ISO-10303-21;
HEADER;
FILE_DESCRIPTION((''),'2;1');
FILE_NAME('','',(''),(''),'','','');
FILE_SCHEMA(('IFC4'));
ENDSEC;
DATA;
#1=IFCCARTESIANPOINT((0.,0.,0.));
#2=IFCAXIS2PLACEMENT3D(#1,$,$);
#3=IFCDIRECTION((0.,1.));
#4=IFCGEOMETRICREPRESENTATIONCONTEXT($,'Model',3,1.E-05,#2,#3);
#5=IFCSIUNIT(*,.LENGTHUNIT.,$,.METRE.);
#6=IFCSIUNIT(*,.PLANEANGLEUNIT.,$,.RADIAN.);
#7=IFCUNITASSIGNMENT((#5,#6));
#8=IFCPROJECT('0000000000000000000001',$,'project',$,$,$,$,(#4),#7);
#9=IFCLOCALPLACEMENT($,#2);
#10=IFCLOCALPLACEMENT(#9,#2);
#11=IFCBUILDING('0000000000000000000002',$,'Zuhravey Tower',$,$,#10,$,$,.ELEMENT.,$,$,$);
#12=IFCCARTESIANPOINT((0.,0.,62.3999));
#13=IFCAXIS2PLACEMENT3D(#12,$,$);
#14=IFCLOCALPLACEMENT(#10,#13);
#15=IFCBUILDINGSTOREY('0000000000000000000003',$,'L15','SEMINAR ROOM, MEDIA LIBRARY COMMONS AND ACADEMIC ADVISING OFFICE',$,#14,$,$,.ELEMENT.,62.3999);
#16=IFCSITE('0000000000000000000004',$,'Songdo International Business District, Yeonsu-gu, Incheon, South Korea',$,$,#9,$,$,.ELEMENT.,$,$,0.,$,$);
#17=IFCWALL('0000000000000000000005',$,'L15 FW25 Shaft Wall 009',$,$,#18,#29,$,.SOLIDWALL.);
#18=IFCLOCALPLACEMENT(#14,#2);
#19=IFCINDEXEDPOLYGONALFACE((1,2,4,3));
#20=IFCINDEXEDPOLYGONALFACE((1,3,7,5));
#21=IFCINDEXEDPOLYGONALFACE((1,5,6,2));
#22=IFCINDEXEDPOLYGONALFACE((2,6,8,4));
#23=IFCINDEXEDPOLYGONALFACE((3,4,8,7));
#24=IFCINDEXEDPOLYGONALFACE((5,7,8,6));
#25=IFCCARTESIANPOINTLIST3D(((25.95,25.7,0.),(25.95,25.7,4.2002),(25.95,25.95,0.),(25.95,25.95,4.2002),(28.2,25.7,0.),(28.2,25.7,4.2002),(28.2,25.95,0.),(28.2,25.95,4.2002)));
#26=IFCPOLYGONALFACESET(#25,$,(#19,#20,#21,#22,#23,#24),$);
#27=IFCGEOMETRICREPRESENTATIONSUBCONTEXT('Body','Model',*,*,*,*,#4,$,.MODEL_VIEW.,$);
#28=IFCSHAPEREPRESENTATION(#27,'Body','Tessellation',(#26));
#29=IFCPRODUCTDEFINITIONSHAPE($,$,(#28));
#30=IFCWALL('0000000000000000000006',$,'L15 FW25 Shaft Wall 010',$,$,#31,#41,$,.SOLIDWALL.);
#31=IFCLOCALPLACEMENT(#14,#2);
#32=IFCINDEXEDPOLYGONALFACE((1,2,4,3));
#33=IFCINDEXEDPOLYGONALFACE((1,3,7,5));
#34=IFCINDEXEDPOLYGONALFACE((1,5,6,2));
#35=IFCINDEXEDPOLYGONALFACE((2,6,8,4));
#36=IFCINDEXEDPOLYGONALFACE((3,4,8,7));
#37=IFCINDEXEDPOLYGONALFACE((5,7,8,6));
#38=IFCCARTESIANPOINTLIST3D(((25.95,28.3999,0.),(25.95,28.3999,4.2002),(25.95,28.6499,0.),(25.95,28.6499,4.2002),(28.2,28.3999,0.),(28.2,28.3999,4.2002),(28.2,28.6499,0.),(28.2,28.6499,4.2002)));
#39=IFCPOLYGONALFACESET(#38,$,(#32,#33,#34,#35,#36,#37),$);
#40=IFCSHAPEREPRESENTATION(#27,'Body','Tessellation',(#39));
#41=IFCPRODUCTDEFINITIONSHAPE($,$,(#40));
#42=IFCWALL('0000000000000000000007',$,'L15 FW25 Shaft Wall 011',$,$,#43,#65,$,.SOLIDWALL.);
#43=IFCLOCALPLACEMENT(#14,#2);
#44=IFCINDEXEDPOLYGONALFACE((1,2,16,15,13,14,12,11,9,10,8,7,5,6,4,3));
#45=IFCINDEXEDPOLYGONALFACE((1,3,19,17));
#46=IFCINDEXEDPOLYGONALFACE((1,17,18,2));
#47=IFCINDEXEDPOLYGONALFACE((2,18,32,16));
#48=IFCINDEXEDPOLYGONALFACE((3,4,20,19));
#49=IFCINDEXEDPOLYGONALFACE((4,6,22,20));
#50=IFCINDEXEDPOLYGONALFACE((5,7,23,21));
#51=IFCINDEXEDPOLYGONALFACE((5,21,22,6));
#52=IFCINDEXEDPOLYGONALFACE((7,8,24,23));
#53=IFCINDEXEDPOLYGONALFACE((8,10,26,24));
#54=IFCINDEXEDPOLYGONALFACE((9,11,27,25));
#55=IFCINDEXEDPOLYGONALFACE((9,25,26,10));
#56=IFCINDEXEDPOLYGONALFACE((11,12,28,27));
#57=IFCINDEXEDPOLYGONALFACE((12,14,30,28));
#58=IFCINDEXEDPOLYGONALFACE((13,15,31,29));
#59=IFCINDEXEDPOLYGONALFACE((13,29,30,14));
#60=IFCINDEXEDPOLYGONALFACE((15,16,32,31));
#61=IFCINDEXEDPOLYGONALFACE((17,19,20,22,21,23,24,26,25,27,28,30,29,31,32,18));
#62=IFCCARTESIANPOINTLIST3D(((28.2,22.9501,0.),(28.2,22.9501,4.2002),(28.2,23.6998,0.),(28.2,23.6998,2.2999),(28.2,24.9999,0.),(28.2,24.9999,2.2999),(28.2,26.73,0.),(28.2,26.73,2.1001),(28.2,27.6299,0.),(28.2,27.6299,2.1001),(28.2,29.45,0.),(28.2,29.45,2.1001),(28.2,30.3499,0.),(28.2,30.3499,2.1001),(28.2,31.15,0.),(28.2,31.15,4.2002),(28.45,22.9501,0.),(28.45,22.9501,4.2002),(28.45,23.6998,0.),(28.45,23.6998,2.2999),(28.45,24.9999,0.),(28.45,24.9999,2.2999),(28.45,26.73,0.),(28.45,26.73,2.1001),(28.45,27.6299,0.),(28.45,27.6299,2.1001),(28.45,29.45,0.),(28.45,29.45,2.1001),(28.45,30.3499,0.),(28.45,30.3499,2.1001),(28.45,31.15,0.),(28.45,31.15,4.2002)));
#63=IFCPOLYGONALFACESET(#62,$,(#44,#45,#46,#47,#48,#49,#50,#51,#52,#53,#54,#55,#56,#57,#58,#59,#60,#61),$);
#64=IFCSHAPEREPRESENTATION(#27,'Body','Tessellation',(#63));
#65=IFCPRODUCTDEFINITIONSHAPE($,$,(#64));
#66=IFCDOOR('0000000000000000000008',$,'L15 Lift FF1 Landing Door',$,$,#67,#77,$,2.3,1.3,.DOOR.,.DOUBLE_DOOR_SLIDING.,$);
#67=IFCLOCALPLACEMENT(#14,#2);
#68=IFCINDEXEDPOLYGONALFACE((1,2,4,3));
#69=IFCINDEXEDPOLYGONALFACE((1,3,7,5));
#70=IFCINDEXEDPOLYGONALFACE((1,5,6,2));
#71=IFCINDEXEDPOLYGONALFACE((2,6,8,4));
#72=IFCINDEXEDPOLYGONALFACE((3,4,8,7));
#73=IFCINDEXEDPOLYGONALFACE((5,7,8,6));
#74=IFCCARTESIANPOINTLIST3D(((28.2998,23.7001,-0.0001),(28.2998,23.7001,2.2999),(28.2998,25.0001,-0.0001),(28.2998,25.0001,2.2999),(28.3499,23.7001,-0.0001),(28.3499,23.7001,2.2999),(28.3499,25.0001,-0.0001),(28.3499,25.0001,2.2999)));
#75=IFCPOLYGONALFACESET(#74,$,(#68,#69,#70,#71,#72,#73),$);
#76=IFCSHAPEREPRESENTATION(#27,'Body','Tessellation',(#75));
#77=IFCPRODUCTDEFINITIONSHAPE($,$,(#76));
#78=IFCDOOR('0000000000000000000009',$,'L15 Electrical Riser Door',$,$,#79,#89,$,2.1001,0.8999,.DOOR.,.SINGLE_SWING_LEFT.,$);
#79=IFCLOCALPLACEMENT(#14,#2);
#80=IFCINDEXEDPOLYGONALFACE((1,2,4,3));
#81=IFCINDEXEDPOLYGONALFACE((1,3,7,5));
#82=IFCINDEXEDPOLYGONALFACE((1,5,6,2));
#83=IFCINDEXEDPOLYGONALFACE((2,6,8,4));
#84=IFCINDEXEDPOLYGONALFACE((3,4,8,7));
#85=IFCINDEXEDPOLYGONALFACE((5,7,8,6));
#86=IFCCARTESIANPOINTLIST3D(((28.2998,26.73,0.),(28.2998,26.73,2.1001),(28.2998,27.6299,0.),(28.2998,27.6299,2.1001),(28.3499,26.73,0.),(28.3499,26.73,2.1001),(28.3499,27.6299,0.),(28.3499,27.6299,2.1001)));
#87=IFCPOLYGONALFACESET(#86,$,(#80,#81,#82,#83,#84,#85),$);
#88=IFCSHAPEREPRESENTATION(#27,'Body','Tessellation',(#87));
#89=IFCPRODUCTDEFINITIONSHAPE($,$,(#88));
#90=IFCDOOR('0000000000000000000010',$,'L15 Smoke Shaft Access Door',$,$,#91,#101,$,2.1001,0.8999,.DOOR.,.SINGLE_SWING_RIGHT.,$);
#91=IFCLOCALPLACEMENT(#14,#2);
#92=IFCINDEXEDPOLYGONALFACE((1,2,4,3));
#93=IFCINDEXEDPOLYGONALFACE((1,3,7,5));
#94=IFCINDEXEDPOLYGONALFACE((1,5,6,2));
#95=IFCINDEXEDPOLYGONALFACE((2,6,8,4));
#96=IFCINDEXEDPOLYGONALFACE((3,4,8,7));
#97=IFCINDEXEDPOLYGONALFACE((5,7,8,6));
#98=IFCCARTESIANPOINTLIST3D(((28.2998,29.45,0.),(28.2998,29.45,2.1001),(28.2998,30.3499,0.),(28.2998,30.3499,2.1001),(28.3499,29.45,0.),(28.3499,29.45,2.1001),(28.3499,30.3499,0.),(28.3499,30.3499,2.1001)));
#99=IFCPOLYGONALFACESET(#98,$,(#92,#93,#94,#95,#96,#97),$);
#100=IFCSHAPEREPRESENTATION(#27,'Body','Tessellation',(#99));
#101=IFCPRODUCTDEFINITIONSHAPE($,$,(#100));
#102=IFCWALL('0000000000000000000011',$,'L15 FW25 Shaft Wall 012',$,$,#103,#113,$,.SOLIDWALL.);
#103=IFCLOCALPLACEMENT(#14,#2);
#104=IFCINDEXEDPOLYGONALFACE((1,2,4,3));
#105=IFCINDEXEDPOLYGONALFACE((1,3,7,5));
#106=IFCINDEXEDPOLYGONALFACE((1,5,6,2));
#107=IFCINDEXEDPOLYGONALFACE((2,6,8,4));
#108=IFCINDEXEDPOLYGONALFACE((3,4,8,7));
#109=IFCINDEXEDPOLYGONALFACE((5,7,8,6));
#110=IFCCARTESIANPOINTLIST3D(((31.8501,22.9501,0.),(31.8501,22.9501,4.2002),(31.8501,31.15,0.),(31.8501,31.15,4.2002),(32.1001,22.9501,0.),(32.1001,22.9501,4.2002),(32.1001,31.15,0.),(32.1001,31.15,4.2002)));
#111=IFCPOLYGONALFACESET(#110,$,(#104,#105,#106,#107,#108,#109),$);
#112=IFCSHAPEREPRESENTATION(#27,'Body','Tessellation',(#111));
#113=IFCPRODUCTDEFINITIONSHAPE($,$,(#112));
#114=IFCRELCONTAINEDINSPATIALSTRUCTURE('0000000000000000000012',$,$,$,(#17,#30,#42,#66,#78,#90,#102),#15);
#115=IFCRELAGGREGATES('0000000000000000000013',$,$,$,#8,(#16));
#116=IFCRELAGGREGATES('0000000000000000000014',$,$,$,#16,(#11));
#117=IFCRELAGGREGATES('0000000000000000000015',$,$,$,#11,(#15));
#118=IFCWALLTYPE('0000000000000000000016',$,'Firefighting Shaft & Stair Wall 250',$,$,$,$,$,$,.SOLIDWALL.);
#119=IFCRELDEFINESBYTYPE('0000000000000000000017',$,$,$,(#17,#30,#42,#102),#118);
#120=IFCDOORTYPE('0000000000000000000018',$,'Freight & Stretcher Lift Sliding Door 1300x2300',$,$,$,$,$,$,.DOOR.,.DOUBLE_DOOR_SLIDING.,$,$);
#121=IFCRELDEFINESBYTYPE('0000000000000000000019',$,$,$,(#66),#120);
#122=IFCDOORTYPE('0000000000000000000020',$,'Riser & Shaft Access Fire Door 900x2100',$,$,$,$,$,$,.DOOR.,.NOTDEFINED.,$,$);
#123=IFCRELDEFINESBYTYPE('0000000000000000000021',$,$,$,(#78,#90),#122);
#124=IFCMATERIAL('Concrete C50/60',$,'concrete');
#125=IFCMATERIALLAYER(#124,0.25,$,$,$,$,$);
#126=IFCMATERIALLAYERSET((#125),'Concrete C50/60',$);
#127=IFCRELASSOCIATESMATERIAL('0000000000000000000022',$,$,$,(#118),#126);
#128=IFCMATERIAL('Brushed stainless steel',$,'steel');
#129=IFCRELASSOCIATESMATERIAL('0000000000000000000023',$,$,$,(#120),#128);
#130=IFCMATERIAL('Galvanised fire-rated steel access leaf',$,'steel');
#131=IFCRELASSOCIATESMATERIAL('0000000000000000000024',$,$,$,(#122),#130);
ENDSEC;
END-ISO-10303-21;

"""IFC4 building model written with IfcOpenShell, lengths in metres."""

from ifc_helpers import new_model, si_unit, direction, frame, frame_2d, origin, place, context, subcontext, project, spatial, rectangle, extrude, material, layer, layer_set, type_object, element, fill, save


model = new_model("IFC4")

# Units and contexts
model_context = context("Model", 3, precision=1e-05, world=origin(), true_north=direction((0.0, 1.0)))
body_context = subcontext(model_context, "Body", "Model", "MODEL_VIEW")
ifc_project = project(units=[si_unit("LENGTHUNIT", "METRE"), si_unit("PLANEANGLEUNIT", "RADIAN")], contexts=[model_context])

# Site, building, storey
site_placement = place(None, origin())
site = spatial("IfcSite", under=ifc_project, at=site_placement, Name="Songdo International Business District, Yeonsu-gu, Incheon, South Korea", CompositionType="ELEMENT", RefElevation=0.0)
building_placement = place(site_placement, origin())
building = spatial("IfcBuilding", under=site, at=building_placement, Name="Zuhravey Tower", CompositionType="ELEMENT")
storey_placement = place(building_placement, frame((0.0, 0.0, 62.3999)))
storey = spatial("IfcBuildingStorey", under=building, at=storey_placement, Name="L15", Description="SEMINAR ROOM, MEDIA LIBRARY COMMONS AND ACADEMIC ADVISING OFFICE", CompositionType="ELEMENT", Elevation=62.3999)

# Shared definitions
ifc_material_1 = material(Name="Concrete C50/60", Category="concrete")
ifc_layer_1 = layer(ifc_material_1, 0.25)
ifc_layer_set_1 = layer_set([ifc_layer_1], Name="Concrete C50/60")
wall_type_1 = type_object("IfcWallType", Name="Firefighting Shaft & Stair Wall 250", PredefinedType="SOLIDWALL", material=ifc_layer_set_1)

# Walls
for number, where, z_axis, x_axis, name in (
    (1, (25.95, 25.825, 0.0), (0.0, 0.0, 1.0), (1.0, 0.0, 0.0), "L15 FW25 Shaft Wall 009"),
    (2, (25.95, 28.5249, 0.0), (0.0, 0.0, 1.0), (1.0, 0.0, 0.0), "L15 FW25 Shaft Wall 010"),
):
    element("IfcWall", number, at=place(storey_placement, frame(where, z_axis=z_axis, x_axis=x_axis)), inside=storey, type_object=wall_type_1, Name=name, PredefinedType="SOLIDWALL", context=body_context, shape_type="SweptSolid", body=[
        extrude(rectangle(XDim=2.25, YDim=0.25, at=frame_2d((1.125, 0.0))), origin(), (0.0, 0.0, 1.0), 4.2002),
    ])

# Wall, openings, doors
wall_1_placement = place(storey_placement, frame((28.325, 22.95, 0.0), z_axis=(0.0, 0.0, 1.0), x_axis=(0.0, 1.0, 0.0)))
wall_1 = element("IfcWall", 3, at=wall_1_placement, inside=storey, type_object=wall_type_1, Name="L15 FW25 Shaft Wall 011", PredefinedType="SOLIDWALL", context=body_context, shape_type="SweptSolid", body=[
    extrude(rectangle(XDim=8.2, YDim=0.25, at=frame_2d((4.1001, 0.0))), origin(), (0.0, 0.0, 1.0), 4.2002),
])
opening_1_placement = place(wall_1_placement, frame((0.75, 0.0, 0.0)))
opening_1 = element("IfcOpeningElement", 4, at=opening_1_placement, cuts=wall_1, PredefinedType="OPENING", context=body_context, shape_type="SweptSolid", body=[
    extrude(rectangle(XDim=1.3, YDim=2.3, at=frame_2d((0.6499, 1.1499))), frame((0.0, 0.137, 0.0), z_axis=(0.0, -1.0, 0.0), x_axis=(1.0, 0.0, 0.0)), (0.0, 0.0, 1.0), 0.2739),
])
opening_2_placement = place(wall_1_placement, frame((3.78, 0.0, 0.0)))
opening_2 = element("IfcOpeningElement", 5, at=opening_2_placement, cuts=wall_1, PredefinedType="OPENING", context=body_context, shape_type="SweptSolid", body=[
    extrude(rectangle(XDim=0.8999, YDim=2.1001, at=frame_2d((0.45, 1.05))), frame((0.0, 0.137, 0.0), z_axis=(0.0, -1.0, 0.0), x_axis=(1.0, 0.0, 0.0)), (0.0, 0.0, 1.0), 0.2739),
])
opening_3_placement = place(wall_1_placement, frame((6.5, 0.0, 0.0)))
opening_3 = element("IfcOpeningElement", 6, at=opening_3_placement, cuts=wall_1, PredefinedType="OPENING", context=body_context, shape_type="SweptSolid", body=[
    extrude(rectangle(XDim=0.8999, YDim=2.1001, at=frame_2d((0.45, 1.05))), frame((0.0, 0.137, 0.0), z_axis=(0.0, -1.0, 0.0), x_axis=(1.0, 0.0, 0.0)), (0.0, 0.0, 1.0), 0.2739),
])
ifc_material_2 = material(Name="Brushed stainless steel", Category="steel")
door_type_1 = type_object("IfcDoorType", Name="Freight & Stretcher Lift Sliding Door 1300x2300", OperationType="DOUBLE_DOOR_SLIDING", PredefinedType="DOOR", material=ifc_material_2)
door_1_placement = place(opening_1_placement, frame((1.3, 0.0, 0.0), z_axis=(0.0, 0.0, 1.0), x_axis=(-1.0, 0.0, 0.0)))
door_1 = element("IfcDoor", 7, at=door_1_placement, inside=storey, type_object=door_type_1, Name="L15 Lift FF1 Landing Door", OperationType="DOUBLE_DOOR_SLIDING", OverallHeight=2.3, OverallWidth=1.3, PredefinedType="DOOR", context=body_context, shape_type="SweptSolid", body=[
    extrude(rectangle(XDim=1.3, YDim=2.3, at=frame_2d((0.6499, 1.1499))), frame((0.0, 0.0249, 0.0), z_axis=(0.0, -1.0, 0.0), x_axis=(1.0, 0.0, 0.0)), (0.0, 0.0, 1.0), 0.05),
])
fill(opening_1, door_1)
ifc_material_3 = material(Name="Galvanised fire-rated steel access leaf", Category="steel")
door_type_2 = type_object("IfcDoorType", Name="Riser & Shaft Access Fire Door 900x2100", OperationType="NOTDEFINED", PredefinedType="DOOR", material=ifc_material_3)
door_2_placement = place(opening_2_placement, frame((0.8999, 0.0, 0.0), z_axis=(0.0, 0.0, 1.0), x_axis=(-1.0, 0.0, 0.0)))
door_2 = element("IfcDoor", 8, at=door_2_placement, inside=storey, type_object=door_type_2, Name="L15 Electrical Riser Door", OperationType="SINGLE_SWING_LEFT", OverallHeight=2.1001, OverallWidth=0.8999, PredefinedType="DOOR", context=body_context, shape_type="SweptSolid", body=[
    extrude(rectangle(XDim=0.8999, YDim=2.1001, at=frame_2d((0.45, 1.05))), frame((0.0, 0.0249, 0.0), z_axis=(0.0, -1.0, 0.0), x_axis=(1.0, 0.0, 0.0)), (0.0, 0.0, 1.0), 0.05),
])
fill(opening_2, door_2)
door_3_placement = place(opening_3_placement, frame((0.8999, 0.0, 0.0), z_axis=(0.0, 0.0, 1.0), x_axis=(-1.0, 0.0, 0.0)))
door_3 = element("IfcDoor", 9, at=door_3_placement, inside=storey, type_object=door_type_2, Name="L15 Smoke Shaft Access Door", OperationType="SINGLE_SWING_RIGHT", OverallHeight=2.1001, OverallWidth=0.8999, PredefinedType="DOOR", context=body_context, shape_type="SweptSolid", body=[
    extrude(rectangle(XDim=0.8999, YDim=2.1001, at=frame_2d((0.45, 1.05))), frame((0.0, 0.0249, 0.0), z_axis=(0.0, -1.0, 0.0), x_axis=(1.0, 0.0, 0.0)), (0.0, 0.0, 1.0), 0.05),
])
fill(opening_3, door_3)

# Wall
wall_2_placement = place(storey_placement, frame((31.9751, 22.95, 0.0), z_axis=(0.0, 0.0, 1.0), x_axis=(0.0, 1.0, 0.0)))
element("IfcWall", 10, at=wall_2_placement, inside=storey, type_object=wall_type_1, Name="L15 FW25 Shaft Wall 012", PredefinedType="SOLIDWALL", context=body_context, shape_type="SweptSolid", body=[
    extrude(rectangle(XDim=8.2, YDim=0.25, at=frame_2d((4.1001, 0.0))), origin(), (0.0, 0.0, 1.0), 4.2002),
])

save(model, "model.ifc")
